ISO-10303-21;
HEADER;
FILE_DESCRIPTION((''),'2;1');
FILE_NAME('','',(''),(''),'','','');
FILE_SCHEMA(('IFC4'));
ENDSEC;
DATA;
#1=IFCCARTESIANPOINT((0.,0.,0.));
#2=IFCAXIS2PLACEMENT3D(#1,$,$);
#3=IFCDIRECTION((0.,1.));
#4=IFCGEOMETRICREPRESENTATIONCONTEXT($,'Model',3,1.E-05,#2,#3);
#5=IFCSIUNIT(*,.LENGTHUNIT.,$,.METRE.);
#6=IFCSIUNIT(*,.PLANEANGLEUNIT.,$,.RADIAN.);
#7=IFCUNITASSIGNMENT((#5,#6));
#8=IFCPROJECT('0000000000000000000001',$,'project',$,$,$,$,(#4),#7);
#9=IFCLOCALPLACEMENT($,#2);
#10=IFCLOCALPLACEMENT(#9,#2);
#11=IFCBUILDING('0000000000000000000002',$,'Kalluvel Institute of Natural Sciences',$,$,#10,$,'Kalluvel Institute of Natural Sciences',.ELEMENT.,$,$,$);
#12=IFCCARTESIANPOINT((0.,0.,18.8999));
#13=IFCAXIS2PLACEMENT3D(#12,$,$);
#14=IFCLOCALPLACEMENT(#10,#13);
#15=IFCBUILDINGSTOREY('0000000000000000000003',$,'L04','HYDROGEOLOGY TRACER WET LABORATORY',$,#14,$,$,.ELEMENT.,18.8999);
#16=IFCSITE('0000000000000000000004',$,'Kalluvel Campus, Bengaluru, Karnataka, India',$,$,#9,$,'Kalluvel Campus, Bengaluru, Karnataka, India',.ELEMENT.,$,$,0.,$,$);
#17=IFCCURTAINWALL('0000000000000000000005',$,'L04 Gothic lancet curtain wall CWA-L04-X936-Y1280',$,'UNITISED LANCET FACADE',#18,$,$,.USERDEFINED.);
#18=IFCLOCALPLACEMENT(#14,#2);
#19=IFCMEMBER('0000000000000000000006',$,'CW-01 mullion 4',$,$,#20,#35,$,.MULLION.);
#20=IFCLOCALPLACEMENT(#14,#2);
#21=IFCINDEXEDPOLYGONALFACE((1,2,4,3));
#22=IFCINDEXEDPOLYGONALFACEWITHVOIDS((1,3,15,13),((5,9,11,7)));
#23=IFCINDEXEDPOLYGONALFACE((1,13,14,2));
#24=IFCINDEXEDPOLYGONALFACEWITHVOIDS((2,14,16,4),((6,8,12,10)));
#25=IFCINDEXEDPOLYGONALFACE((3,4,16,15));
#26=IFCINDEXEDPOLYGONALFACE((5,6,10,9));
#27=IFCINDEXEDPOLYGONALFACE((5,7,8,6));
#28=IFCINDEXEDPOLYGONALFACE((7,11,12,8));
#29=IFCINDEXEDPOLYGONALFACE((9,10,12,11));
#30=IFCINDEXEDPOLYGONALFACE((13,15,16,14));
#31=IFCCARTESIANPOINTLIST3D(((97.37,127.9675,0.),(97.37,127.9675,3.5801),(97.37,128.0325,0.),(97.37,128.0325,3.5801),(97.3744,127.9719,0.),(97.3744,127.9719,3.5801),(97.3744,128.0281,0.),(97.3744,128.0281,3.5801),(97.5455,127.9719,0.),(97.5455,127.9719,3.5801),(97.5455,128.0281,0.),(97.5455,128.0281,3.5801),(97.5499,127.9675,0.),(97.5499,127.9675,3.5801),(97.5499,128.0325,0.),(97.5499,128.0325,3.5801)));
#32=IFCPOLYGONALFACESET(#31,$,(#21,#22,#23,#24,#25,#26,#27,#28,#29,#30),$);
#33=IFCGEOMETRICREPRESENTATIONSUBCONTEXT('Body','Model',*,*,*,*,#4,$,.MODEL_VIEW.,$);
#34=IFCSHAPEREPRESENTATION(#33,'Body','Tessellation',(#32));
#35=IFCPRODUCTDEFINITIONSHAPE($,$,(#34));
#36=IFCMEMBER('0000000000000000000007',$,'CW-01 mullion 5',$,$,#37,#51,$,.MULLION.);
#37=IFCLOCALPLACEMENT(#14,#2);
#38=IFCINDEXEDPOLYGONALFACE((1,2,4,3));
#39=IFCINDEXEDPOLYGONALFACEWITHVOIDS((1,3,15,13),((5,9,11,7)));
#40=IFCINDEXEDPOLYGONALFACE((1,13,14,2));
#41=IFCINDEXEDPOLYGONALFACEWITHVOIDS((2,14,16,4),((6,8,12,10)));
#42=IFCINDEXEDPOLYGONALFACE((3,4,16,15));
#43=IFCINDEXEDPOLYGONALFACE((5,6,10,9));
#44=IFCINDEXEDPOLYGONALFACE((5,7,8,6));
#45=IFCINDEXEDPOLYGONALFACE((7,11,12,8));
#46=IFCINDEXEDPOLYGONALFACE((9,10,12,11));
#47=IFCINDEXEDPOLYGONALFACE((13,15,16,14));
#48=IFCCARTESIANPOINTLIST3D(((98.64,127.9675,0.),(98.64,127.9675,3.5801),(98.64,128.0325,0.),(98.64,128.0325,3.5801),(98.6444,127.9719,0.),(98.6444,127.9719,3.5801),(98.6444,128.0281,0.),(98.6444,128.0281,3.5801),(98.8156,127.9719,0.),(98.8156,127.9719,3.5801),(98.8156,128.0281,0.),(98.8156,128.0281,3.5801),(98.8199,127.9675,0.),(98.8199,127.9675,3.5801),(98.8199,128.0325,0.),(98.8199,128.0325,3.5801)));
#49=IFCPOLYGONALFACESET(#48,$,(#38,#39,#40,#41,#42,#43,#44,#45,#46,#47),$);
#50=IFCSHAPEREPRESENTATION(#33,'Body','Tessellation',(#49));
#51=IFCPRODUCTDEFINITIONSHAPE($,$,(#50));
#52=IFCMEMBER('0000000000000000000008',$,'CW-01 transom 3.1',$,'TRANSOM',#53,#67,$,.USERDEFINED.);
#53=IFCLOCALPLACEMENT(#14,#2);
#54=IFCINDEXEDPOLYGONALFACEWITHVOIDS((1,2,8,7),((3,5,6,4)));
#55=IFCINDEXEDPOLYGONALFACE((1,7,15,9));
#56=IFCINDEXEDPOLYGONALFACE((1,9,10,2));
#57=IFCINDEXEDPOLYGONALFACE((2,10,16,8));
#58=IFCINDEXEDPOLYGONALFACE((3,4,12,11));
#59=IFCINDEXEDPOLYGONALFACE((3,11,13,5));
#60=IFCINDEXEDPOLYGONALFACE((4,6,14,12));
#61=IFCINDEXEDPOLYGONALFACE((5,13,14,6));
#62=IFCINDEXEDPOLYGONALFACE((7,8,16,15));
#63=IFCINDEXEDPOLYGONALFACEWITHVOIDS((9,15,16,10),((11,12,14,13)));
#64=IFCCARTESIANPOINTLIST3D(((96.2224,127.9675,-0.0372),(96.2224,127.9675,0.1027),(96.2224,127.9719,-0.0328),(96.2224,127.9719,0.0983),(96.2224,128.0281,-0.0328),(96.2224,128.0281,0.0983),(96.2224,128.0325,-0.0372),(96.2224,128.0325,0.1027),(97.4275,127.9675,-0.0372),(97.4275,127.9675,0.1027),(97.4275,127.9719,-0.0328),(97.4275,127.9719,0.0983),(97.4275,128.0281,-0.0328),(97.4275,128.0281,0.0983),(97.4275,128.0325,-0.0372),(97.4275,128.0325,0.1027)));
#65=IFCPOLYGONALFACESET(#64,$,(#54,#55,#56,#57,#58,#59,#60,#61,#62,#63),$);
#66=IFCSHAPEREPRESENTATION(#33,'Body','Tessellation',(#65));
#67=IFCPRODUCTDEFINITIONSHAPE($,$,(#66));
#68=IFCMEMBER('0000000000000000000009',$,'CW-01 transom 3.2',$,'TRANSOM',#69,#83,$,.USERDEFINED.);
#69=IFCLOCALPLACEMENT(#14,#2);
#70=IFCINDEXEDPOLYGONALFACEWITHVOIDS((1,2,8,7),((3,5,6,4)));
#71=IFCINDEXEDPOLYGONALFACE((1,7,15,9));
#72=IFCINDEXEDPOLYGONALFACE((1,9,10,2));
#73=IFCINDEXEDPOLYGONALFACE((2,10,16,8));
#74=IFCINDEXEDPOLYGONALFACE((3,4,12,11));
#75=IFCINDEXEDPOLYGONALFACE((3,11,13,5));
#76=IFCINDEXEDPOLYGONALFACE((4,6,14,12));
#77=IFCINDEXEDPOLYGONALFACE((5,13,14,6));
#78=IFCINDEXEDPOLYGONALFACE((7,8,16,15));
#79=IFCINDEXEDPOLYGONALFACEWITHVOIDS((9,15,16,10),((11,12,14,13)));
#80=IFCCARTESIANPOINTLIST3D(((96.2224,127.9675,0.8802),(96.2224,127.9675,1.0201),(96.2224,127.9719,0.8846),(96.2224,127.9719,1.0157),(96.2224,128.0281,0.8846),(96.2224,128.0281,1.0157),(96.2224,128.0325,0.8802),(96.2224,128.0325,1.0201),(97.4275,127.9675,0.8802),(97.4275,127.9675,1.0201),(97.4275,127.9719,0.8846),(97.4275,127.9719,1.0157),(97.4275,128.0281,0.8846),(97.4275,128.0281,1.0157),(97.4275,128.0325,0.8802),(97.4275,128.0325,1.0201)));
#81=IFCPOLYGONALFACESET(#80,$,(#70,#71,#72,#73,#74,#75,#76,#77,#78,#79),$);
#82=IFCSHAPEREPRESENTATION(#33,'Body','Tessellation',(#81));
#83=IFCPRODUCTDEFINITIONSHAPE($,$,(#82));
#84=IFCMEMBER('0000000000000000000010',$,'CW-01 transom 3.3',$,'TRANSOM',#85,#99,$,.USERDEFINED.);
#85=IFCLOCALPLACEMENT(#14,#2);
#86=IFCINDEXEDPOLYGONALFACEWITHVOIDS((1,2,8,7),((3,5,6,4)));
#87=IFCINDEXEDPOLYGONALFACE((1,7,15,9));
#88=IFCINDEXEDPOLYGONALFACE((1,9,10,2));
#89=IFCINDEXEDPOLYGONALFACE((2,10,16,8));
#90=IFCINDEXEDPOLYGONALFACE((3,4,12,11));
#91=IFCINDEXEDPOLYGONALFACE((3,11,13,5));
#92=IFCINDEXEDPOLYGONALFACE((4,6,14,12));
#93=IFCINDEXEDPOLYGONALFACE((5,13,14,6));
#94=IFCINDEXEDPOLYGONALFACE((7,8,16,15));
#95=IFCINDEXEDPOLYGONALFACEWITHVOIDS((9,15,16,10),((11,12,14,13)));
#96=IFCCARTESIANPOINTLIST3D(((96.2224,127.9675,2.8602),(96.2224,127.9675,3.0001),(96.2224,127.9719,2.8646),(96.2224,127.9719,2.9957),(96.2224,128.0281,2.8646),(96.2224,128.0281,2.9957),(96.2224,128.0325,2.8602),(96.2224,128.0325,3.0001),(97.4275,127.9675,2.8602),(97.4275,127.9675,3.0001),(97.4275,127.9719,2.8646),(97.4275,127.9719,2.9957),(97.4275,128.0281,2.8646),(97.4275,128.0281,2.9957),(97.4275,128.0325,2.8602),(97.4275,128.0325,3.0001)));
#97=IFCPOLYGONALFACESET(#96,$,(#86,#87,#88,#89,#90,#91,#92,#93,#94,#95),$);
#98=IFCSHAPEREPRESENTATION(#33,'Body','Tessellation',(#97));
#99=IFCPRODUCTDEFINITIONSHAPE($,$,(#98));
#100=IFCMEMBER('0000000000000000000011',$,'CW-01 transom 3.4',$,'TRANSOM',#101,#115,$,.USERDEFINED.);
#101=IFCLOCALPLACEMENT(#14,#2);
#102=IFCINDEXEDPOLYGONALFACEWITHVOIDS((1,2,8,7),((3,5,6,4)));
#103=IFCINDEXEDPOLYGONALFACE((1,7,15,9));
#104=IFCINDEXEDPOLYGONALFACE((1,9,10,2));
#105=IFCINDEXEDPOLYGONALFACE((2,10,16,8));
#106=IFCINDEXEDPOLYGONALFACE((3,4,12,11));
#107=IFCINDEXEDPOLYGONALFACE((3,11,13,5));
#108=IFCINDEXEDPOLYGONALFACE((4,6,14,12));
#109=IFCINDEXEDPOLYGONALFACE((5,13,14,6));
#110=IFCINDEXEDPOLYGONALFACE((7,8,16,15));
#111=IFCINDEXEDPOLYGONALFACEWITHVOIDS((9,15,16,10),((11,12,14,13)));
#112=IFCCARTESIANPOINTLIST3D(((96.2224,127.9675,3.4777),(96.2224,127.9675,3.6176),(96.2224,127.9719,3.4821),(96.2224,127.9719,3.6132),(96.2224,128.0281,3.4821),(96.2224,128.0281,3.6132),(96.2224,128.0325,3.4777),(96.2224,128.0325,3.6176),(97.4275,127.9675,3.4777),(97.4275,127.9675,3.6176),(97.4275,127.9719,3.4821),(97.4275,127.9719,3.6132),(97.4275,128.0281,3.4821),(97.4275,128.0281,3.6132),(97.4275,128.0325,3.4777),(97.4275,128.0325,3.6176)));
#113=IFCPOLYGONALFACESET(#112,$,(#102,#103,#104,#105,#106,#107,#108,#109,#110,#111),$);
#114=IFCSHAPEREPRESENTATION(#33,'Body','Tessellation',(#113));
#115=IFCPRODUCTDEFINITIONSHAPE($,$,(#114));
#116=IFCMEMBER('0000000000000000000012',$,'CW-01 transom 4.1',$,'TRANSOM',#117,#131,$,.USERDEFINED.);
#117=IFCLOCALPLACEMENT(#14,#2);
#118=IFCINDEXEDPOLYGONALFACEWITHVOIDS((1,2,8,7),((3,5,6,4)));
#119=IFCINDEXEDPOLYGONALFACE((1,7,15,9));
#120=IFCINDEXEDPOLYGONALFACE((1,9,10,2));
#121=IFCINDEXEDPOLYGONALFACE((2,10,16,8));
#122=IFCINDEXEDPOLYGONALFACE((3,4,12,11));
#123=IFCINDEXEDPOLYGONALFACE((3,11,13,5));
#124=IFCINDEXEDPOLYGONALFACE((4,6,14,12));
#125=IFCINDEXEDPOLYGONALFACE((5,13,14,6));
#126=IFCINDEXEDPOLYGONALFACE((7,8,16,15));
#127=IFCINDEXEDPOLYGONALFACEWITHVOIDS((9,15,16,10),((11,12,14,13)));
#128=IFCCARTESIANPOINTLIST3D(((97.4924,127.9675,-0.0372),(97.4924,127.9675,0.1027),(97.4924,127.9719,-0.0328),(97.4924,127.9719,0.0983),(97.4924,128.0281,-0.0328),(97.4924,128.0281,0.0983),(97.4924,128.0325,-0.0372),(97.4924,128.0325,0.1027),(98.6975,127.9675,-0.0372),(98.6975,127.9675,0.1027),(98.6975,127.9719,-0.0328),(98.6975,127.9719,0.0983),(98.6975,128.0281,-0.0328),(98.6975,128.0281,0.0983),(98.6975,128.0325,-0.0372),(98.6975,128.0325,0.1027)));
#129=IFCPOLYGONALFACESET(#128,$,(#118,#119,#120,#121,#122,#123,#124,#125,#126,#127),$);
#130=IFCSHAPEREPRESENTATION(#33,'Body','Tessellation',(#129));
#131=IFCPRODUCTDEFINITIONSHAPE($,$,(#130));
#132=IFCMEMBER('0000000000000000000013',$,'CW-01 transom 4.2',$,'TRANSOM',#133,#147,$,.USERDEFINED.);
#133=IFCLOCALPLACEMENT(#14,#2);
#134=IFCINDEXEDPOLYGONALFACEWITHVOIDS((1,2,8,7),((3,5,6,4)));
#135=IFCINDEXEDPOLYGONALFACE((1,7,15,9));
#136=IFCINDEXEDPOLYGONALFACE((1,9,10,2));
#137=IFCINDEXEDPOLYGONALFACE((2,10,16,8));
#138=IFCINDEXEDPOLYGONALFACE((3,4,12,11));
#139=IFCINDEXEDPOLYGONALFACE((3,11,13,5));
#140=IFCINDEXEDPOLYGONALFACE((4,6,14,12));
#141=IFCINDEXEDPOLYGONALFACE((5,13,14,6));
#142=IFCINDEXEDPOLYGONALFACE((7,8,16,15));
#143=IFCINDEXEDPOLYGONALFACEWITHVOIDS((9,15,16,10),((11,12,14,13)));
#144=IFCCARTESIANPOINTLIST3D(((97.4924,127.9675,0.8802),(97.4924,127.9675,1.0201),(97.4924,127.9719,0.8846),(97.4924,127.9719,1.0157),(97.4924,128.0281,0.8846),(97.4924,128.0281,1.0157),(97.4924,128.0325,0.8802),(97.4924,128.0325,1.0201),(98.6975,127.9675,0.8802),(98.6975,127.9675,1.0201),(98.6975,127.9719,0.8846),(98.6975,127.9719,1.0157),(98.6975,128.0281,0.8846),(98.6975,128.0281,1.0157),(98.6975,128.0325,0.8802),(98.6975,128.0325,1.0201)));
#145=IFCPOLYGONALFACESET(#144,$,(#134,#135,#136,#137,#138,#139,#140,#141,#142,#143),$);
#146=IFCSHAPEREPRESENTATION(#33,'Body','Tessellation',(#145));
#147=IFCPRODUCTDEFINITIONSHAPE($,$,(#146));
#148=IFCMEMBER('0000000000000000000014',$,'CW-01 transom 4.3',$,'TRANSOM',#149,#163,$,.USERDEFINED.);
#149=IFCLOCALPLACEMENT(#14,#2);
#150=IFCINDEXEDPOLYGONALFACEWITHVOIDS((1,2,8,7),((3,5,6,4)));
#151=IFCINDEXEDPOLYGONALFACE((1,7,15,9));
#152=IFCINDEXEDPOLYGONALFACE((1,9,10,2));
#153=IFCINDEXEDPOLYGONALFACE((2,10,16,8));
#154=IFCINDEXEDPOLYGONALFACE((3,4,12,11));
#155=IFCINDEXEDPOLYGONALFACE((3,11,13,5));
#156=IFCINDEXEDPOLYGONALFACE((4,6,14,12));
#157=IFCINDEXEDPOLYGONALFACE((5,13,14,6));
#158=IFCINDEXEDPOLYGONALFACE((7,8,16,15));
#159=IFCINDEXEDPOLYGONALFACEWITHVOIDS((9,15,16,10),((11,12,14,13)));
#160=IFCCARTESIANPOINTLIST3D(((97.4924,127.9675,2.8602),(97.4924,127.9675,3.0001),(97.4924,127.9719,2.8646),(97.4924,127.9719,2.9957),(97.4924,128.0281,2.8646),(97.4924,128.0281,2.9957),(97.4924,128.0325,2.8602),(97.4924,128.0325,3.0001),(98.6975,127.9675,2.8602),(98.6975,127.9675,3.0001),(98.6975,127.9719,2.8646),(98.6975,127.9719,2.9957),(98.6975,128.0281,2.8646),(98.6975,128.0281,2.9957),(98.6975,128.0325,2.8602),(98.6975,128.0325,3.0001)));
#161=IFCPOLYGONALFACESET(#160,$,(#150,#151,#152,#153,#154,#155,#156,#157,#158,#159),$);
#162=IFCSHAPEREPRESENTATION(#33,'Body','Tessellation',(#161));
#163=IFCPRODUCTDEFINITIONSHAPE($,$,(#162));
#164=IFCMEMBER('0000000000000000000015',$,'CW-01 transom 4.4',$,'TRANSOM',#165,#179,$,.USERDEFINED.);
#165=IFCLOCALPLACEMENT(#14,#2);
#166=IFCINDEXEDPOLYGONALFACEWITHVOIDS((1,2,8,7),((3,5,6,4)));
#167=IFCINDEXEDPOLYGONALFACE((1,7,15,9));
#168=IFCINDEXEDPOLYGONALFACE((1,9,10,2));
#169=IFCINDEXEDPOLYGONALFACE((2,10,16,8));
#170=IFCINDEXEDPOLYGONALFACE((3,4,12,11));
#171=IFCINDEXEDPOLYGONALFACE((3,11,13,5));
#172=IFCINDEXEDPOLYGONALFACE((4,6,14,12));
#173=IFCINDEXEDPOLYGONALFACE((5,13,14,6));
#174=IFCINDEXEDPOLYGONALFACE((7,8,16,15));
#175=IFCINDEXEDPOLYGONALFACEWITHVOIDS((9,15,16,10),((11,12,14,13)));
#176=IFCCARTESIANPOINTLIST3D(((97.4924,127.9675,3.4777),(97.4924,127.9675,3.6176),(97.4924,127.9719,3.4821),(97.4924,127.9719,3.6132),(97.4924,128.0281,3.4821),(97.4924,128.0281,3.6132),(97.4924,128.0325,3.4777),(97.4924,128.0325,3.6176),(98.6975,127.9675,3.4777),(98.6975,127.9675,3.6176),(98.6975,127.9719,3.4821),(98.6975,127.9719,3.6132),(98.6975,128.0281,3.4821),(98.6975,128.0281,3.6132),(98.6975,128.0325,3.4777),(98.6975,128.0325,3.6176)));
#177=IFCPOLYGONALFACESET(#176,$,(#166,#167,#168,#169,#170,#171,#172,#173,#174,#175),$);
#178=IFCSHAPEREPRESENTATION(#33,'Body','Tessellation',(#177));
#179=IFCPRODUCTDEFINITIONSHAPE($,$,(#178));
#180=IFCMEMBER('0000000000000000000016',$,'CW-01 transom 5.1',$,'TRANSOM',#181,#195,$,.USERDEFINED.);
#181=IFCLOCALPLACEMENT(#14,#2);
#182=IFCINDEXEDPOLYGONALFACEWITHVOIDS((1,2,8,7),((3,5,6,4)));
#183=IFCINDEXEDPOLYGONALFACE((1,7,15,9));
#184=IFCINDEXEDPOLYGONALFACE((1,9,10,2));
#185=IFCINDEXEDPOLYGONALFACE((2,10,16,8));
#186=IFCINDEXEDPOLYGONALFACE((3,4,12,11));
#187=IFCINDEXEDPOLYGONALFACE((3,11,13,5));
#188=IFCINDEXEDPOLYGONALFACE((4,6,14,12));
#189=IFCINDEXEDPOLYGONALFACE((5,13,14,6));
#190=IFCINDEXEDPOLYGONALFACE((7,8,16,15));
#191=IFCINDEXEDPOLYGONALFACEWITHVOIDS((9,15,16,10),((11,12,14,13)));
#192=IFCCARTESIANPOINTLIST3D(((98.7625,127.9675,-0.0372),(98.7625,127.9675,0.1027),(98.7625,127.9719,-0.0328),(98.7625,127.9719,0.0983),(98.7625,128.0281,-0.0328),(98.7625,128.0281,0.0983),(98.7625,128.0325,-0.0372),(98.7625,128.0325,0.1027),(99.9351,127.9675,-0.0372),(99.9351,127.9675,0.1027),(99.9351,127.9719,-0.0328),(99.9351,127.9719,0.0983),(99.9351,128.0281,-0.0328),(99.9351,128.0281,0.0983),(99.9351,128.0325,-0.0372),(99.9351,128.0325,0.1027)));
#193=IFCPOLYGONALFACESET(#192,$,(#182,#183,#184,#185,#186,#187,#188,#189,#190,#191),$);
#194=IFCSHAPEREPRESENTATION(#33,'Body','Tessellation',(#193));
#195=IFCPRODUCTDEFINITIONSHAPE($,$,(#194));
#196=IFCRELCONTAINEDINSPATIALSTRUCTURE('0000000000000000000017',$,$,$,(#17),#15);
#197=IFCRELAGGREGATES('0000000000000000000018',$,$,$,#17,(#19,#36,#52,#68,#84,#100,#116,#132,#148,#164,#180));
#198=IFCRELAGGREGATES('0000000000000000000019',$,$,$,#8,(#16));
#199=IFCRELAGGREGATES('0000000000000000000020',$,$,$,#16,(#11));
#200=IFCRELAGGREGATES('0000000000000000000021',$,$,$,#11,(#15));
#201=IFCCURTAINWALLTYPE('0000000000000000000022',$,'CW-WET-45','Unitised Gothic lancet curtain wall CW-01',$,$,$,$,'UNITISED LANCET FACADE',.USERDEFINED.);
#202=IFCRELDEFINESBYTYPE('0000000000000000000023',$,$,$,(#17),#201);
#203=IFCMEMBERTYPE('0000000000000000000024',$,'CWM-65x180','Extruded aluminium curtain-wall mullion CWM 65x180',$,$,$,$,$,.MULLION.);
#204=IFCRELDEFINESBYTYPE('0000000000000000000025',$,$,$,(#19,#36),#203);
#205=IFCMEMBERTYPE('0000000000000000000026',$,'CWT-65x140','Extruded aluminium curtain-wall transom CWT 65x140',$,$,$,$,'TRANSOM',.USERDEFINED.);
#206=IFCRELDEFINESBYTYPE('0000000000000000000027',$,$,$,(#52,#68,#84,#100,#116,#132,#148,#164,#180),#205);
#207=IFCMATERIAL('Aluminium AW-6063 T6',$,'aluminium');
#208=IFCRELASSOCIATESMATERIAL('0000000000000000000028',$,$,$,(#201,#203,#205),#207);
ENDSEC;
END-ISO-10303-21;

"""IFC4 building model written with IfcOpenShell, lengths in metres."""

from ifc_helpers import new_model, si_unit, direction, frame, origin, origin_2d, place, context, subcontext, project, spatial, hollow_rectangle, extrude, material, material_profile, profile_set, type_object, element, aggregate, save


model = new_model("IFC4")

# Units and contexts
model_context = context("Model", 3, precision=1e-05, world=origin(), true_north=direction((0.0, 1.0)))
body_context = subcontext(model_context, "Body", "Model", "MODEL_VIEW")
ifc_project = project(units=[si_unit("LENGTHUNIT", "METRE"), si_unit("PLANEANGLEUNIT", "RADIAN")], contexts=[model_context])

# Site, building, storey
site_placement = place(None, origin())
site = spatial("IfcSite", under=ifc_project, at=site_placement, Name="Kalluvel Campus, Bengaluru, Karnataka, India", LongName="Kalluvel Campus, Bengaluru, Karnataka, India", CompositionType="ELEMENT", RefElevation=0.0)
building_placement = place(site_placement, origin())
building = spatial("IfcBuilding", under=site, at=building_placement, Name="Kalluvel Institute of Natural Sciences", LongName="Kalluvel Institute of Natural Sciences", CompositionType="ELEMENT")
storey_placement = place(building_placement, frame((0.0, 0.0, 18.8999)))
storey = spatial("IfcBuildingStorey", under=building, at=storey_placement, Name="L04", Description="HYDROGEOLOGY TRACER WET LABORATORY", CompositionType="ELEMENT", Elevation=18.8999)

# Curtain wall, members
ifc_material_1 = material(Name="Aluminium AW-6063 T6", Category="aluminium")
curtain_wall_type = type_object("IfcCurtainWallType", Name="CW-WET-45", Description="Unitised Gothic lancet curtain wall CW-01", ElementType="UNITISED LANCET FACADE", PredefinedType="USERDEFINED", material=ifc_material_1)
curtain_wall_placement = place(storey_placement, origin())
curtain_wall = element("IfcCurtainWall", 1, at=curtain_wall_placement, inside=storey, type_object=curtain_wall_type, Name="L04 Gothic lancet curtain wall CWA-L04-X936-Y1280", ObjectType="UNITISED LANCET FACADE", PredefinedType="USERDEFINED")
ifc_material_profile_1 = material_profile(ifc_material_1, hollow_rectangle(XDim=0.0649, YDim=0.1799, WallThickness=0.0044, at=origin_2d()), Name="CWM 65x180")
ifc_profile_set_1 = profile_set([ifc_material_profile_1], Name="Aluminium AW-6063 T6")
member_type_1 = type_object("IfcMemberType", Name="CWM-65x180", Description="Extruded aluminium curtain-wall mullion CWM 65x180", PredefinedType="MULLION", material=ifc_profile_set_1)
member_1_placement = place(storey_placement, frame((97.46, 128.0, 0.0), z_axis=(0.0, 0.0, 1.0), x_axis=(0.0, 1.0, 0.0)))
member_1 = element("IfcMember", 2, at=member_1_placement, type_object=member_type_1, Name="CW-01 mullion 4", PredefinedType="MULLION", context=body_context, shape_type="SweptSolid", body=[
    extrude(hollow_rectangle(XDim=0.0649, YDim=0.1799, WallThickness=0.0044, at=origin_2d()), origin(), (0.0, 0.0, 1.0), 3.5801),
])
member_2_placement = place(storey_placement, frame((98.73, 128.0, 0.0), z_axis=(0.0, 0.0, 1.0), x_axis=(0.0, 1.0, 0.0)))
member_2 = element("IfcMember", 3, at=member_2_placement, type_object=member_type_1, Name="CW-01 mullion 5", PredefinedType="MULLION", context=body_context, shape_type="SweptSolid", body=[
    extrude(hollow_rectangle(XDim=0.0649, YDim=0.1799, WallThickness=0.0044, at=origin_2d()), origin(), (0.0, 0.0, 1.0), 3.5801),
])
ifc_material_profile_2 = material_profile(ifc_material_1, hollow_rectangle(XDim=0.0649, YDim=0.1399, WallThickness=0.0044, at=origin_2d()), Name="CWT 65x140")
ifc_profile_set_2 = profile_set([ifc_material_profile_2], Name="Aluminium AW-6063 T6")
member_type_2 = type_object("IfcMemberType", Name="CWT-65x140", Description="Extruded aluminium curtain-wall transom CWT 65x140", ElementType="TRANSOM", PredefinedType="USERDEFINED", material=ifc_profile_set_2)
member_3_placement = place(storey_placement, frame((96.2224, 128.0, 0.0327), z_axis=(1.0, 0.0, 0.0), x_axis=(0.0, 1.0, 0.0)))
member_3 = element("IfcMember", 4, at=member_3_placement, type_object=member_type_2, Name="CW-01 transom 3.1", ObjectType="TRANSOM", PredefinedType="USERDEFINED", context=body_context, shape_type="SweptSolid", body=[
    extrude(hollow_rectangle(XDim=0.0649, YDim=0.1399, WallThickness=0.0044, at=origin_2d()), origin(), (0.0, 0.0, 1.0), 1.2051),
])
member_4_placement = place(storey_placement, frame((96.2224, 128.0, 0.9502), z_axis=(1.0, 0.0, 0.0), x_axis=(0.0, 1.0, 0.0)))
member_4 = element("IfcMember", 5, at=member_4_placement, type_object=member_type_2, Name="CW-01 transom 3.2", ObjectType="TRANSOM", PredefinedType="USERDEFINED", context=body_context, shape_type="SweptSolid", body=[
    extrude(hollow_rectangle(XDim=0.0649, YDim=0.1399, WallThickness=0.0044, at=origin_2d()), origin(), (0.0, 0.0, 1.0), 1.2051),
])
member_5_placement = place(storey_placement, frame((96.2224, 128.0, 2.9302), z_axis=(1.0, 0.0, 0.0), x_axis=(0.0, 1.0, 0.0)))
member_5 = element("IfcMember", 6, at=member_5_placement, type_object=member_type_2, Name="CW-01 transom 3.3", ObjectType="TRANSOM", PredefinedType="USERDEFINED", context=body_context, shape_type="SweptSolid", body=[
    extrude(hollow_rectangle(XDim=0.0649, YDim=0.1399, WallThickness=0.0044, at=origin_2d()), origin(), (0.0, 0.0, 1.0), 1.2051),
])
member_6_placement = place(storey_placement, frame((96.2224, 128.0, 3.5476), z_axis=(1.0, 0.0, 0.0), x_axis=(0.0, 1.0, 0.0)))
member_6 = element("IfcMember", 7, at=member_6_placement, type_object=member_type_2, Name="CW-01 transom 3.4", ObjectType="TRANSOM", PredefinedType="USERDEFINED", context=body_context, shape_type="SweptSolid", body=[
    extrude(hollow_rectangle(XDim=0.0649, YDim=0.1399, WallThickness=0.0044, at=origin_2d()), origin(), (0.0, 0.0, 1.0), 1.2051),
])
member_7_placement = place(storey_placement, frame((97.4924, 128.0, 0.0327), z_axis=(1.0, 0.0, 0.0), x_axis=(0.0, 1.0, 0.0)))
member_7 = element("IfcMember", 8, at=member_7_placement, type_object=member_type_2, Name="CW-01 transom 4.1", ObjectType="TRANSOM", PredefinedType="USERDEFINED", context=body_context, shape_type="SweptSolid", body=[
    extrude(hollow_rectangle(XDim=0.0649, YDim=0.1399, WallThickness=0.0044, at=origin_2d()), origin(), (0.0, 0.0, 1.0), 1.2051),
])
member_8_placement = place(storey_placement, frame((97.4924, 128.0, 0.9502), z_axis=(1.0, 0.0, 0.0), x_axis=(0.0, 1.0, 0.0)))
member_8 = element("IfcMember", 9, at=member_8_placement, type_object=member_type_2, Name="CW-01 transom 4.2", ObjectType="TRANSOM", PredefinedType="USERDEFINED", context=body_context, shape_type="SweptSolid", body=[
    extrude(hollow_rectangle(XDim=0.0649, YDim=0.1399, WallThickness=0.0044, at=origin_2d()), origin(), (0.0, 0.0, 1.0), 1.2051),
])
member_9_placement = place(storey_placement, frame((97.4924, 128.0, 2.9302), z_axis=(1.0, 0.0, 0.0), x_axis=(0.0, 1.0, 0.0)))
member_9 = element("IfcMember", 10, at=member_9_placement, type_object=member_type_2, Name="CW-01 transom 4.3", ObjectType="TRANSOM", PredefinedType="USERDEFINED", context=body_context, shape_type="SweptSolid", body=[
    extrude(hollow_rectangle(XDim=0.0649, YDim=0.1399, WallThickness=0.0044, at=origin_2d()), origin(), (0.0, 0.0, 1.0), 1.2051),
])
member_10_placement = place(storey_placement, frame((97.4924, 128.0, 3.5476), z_axis=(1.0, 0.0, 0.0), x_axis=(0.0, 1.0, 0.0)))
member_10 = element("IfcMember", 11, at=member_10_placement, type_object=member_type_2, Name="CW-01 transom 4.4", ObjectType="TRANSOM", PredefinedType="USERDEFINED", context=body_context, shape_type="SweptSolid", body=[
    extrude(hollow_rectangle(XDim=0.0649, YDim=0.1399, WallThickness=0.0044, at=origin_2d()), origin(), (0.0, 0.0, 1.0), 1.2051),
])
member_11_placement = place(storey_placement, frame((98.7625, 128.0, 0.0327), z_axis=(1.0, 0.0, 0.0), x_axis=(0.0, 1.0, 0.0)))
member_11 = element("IfcMember", 12, at=member_11_placement, type_object=member_type_2, Name="CW-01 transom 5.1", ObjectType="TRANSOM", PredefinedType="USERDEFINED", context=body_context, shape_type="SweptSolid", body=[
    extrude(hollow_rectangle(XDim=0.0649, YDim=0.1399, WallThickness=0.0044, at=origin_2d()), origin(), (0.0, 0.0, 1.0), 1.1726),
])
aggregate(curtain_wall, [member_1, member_2, member_3, member_4, member_5, member_6, member_7, member_8, member_9, member_10, member_11])

save(model, "model.ifc")
